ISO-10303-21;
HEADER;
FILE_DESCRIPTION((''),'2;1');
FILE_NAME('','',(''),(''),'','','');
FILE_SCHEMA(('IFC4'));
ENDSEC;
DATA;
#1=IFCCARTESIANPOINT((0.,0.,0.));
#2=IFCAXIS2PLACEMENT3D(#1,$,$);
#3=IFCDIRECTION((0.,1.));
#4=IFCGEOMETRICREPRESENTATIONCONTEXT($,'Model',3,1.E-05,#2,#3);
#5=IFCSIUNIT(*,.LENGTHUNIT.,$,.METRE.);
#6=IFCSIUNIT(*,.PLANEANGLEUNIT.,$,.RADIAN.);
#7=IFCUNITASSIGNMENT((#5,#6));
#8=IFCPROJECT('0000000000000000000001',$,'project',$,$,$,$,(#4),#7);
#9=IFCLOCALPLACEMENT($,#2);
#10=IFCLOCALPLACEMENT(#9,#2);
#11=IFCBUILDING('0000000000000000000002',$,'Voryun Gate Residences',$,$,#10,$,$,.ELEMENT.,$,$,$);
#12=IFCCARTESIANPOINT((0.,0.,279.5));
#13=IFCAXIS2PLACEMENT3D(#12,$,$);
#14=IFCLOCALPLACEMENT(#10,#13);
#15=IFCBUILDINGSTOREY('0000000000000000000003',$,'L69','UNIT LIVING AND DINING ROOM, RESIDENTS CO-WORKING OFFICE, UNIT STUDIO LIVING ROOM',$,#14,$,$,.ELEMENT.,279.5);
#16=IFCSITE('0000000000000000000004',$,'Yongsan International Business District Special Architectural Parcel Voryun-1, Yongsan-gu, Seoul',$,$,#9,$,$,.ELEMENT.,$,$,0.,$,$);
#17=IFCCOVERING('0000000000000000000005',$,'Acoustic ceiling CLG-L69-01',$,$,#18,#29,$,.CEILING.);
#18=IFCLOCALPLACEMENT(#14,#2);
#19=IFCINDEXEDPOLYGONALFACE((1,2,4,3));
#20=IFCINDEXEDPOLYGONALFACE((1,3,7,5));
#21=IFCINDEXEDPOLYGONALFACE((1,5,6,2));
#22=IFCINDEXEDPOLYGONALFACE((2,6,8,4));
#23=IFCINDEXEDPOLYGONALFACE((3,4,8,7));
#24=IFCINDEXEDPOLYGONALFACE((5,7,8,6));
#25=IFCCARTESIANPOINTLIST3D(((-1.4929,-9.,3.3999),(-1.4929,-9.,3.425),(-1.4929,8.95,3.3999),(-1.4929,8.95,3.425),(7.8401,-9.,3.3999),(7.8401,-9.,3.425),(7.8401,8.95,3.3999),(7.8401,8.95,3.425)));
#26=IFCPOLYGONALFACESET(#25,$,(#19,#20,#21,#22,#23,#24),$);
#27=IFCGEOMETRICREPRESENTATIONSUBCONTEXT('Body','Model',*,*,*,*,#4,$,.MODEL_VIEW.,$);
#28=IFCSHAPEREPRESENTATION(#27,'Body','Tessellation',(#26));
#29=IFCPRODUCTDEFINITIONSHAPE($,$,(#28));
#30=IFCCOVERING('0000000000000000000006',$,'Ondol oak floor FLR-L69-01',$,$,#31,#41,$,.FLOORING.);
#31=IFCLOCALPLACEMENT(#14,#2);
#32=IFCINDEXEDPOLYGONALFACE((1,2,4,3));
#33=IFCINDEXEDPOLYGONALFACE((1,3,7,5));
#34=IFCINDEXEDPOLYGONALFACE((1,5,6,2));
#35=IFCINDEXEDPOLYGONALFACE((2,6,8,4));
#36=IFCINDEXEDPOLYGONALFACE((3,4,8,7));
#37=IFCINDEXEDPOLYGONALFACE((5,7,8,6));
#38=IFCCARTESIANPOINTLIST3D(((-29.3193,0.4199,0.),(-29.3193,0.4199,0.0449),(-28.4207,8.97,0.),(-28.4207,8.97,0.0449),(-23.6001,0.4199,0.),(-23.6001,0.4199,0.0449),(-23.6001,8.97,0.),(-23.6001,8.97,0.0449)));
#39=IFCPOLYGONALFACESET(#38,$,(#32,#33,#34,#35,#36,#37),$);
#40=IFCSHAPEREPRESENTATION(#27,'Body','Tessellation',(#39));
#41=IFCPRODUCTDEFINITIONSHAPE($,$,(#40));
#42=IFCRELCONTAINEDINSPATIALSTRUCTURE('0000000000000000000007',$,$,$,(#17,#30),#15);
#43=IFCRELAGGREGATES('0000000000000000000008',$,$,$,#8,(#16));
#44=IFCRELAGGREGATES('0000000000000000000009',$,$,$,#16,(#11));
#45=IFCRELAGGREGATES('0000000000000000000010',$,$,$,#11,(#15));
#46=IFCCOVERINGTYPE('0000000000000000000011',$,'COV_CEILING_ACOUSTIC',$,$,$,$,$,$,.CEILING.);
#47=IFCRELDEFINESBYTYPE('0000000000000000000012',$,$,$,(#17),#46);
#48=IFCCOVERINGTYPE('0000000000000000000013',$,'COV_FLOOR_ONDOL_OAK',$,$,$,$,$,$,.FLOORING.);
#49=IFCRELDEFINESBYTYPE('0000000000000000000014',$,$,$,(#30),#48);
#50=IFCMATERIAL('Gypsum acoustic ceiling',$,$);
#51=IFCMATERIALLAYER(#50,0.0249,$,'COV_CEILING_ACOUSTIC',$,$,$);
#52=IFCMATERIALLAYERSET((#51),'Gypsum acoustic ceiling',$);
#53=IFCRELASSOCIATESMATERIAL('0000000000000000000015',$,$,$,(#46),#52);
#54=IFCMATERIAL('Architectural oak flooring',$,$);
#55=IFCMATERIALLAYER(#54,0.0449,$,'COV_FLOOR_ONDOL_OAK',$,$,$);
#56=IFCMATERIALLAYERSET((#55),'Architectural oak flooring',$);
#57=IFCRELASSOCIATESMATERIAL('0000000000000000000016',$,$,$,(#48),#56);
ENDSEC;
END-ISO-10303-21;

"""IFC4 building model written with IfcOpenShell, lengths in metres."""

from ifc_helpers import new_model, si_unit, direction, frame, origin, place, context, subcontext, project, spatial, polyline, outline, extrude, material, layer, layer_set, type_object, element, save


model = new_model("IFC4")

# Units and contexts
model_context = context("Model", 3, precision=1e-05, world=origin(), true_north=direction((0.0, 1.0)))
body_context = subcontext(model_context, "Body", "Model", "MODEL_VIEW")
ifc_project = project(units=[si_unit("LENGTHUNIT", "METRE"), si_unit("PLANEANGLEUNIT", "RADIAN")], contexts=[model_context])

# Site, building, storey
site_placement = place(None, origin())
site = spatial("IfcSite", under=ifc_project, at=site_placement, Name="Yongsan International Business District Special Architectural Parcel Voryun-1, Yongsan-gu, Seoul", CompositionType="ELEMENT", RefElevation=0.0)
building_placement = place(site_placement, origin())
building = spatial("IfcBuilding", under=site, at=building_placement, Name="Voryun Gate Residences", CompositionType="ELEMENT")
storey_placement = place(building_placement, frame((0.0, 0.0, 279.5)))
storey = spatial("IfcBuildingStorey", under=building, at=storey_placement, Name="L69", Description="UNIT LIVING AND DINING ROOM, RESIDENTS CO-WORKING OFFICE, UNIT STUDIO LIVING ROOM", CompositionType="ELEMENT", Elevation=279.5)

# Coverings
ifc_material_1 = material(Name="Gypsum acoustic ceiling")
ifc_layer_1 = layer(ifc_material_1, 0.0249, Name="COV_CEILING_ACOUSTIC")
ifc_layer_set_1 = layer_set([ifc_layer_1], Name="Gypsum acoustic ceiling")
covering_type_1 = type_object("IfcCoveringType", Name="COV_CEILING_ACOUSTIC", PredefinedType="CEILING", material=ifc_layer_set_1)
covering_1_placement = place(storey_placement, frame((0.0, 0.0, 3.3999)))
element("IfcCovering", 1, at=covering_1_placement, inside=storey, type_object=covering_type_1, Name="Acoustic ceiling CLG-L69-01", PredefinedType="CEILING", context=body_context, shape_type="SweptSolid", body=[
    extrude(outline(polyline([(-1.4929, -9.0), (-1.4929, 8.95), (7.8401, 8.95), (7.8401, -9.0), (-1.4929, -9.0)])), origin(), (0.0, 0.0, 1.0), 0.0251),
])
ifc_material_2 = material(Name="Architectural oak flooring")
ifc_layer_2 = layer(ifc_material_2, 0.0449, Name="COV_FLOOR_ONDOL_OAK")
ifc_layer_set_2 = layer_set([ifc_layer_2], Name="Architectural oak flooring")
covering_type_2 = type_object("IfcCoveringType", Name="COV_FLOOR_ONDOL_OAK", PredefinedType="FLOORING", material=ifc_layer_set_2)
covering_2_placement = place(storey_placement, origin())
element("IfcCovering", 2, at=covering_2_placement, inside=storey, type_object=covering_type_2, Name="Ondol oak floor FLR-L69-01", PredefinedType="FLOORING", context=body_context, shape_type="SweptSolid", body=[
    extrude(outline(polyline([(-23.6001, 8.97), (-23.6001, 0.4199), (-29.3193, 0.4199), (-28.4207, 8.97), (-23.6001, 8.97)])), origin(), (0.0, 0.0, 1.0), 0.0449),
])

save(model, "model.ifc")
